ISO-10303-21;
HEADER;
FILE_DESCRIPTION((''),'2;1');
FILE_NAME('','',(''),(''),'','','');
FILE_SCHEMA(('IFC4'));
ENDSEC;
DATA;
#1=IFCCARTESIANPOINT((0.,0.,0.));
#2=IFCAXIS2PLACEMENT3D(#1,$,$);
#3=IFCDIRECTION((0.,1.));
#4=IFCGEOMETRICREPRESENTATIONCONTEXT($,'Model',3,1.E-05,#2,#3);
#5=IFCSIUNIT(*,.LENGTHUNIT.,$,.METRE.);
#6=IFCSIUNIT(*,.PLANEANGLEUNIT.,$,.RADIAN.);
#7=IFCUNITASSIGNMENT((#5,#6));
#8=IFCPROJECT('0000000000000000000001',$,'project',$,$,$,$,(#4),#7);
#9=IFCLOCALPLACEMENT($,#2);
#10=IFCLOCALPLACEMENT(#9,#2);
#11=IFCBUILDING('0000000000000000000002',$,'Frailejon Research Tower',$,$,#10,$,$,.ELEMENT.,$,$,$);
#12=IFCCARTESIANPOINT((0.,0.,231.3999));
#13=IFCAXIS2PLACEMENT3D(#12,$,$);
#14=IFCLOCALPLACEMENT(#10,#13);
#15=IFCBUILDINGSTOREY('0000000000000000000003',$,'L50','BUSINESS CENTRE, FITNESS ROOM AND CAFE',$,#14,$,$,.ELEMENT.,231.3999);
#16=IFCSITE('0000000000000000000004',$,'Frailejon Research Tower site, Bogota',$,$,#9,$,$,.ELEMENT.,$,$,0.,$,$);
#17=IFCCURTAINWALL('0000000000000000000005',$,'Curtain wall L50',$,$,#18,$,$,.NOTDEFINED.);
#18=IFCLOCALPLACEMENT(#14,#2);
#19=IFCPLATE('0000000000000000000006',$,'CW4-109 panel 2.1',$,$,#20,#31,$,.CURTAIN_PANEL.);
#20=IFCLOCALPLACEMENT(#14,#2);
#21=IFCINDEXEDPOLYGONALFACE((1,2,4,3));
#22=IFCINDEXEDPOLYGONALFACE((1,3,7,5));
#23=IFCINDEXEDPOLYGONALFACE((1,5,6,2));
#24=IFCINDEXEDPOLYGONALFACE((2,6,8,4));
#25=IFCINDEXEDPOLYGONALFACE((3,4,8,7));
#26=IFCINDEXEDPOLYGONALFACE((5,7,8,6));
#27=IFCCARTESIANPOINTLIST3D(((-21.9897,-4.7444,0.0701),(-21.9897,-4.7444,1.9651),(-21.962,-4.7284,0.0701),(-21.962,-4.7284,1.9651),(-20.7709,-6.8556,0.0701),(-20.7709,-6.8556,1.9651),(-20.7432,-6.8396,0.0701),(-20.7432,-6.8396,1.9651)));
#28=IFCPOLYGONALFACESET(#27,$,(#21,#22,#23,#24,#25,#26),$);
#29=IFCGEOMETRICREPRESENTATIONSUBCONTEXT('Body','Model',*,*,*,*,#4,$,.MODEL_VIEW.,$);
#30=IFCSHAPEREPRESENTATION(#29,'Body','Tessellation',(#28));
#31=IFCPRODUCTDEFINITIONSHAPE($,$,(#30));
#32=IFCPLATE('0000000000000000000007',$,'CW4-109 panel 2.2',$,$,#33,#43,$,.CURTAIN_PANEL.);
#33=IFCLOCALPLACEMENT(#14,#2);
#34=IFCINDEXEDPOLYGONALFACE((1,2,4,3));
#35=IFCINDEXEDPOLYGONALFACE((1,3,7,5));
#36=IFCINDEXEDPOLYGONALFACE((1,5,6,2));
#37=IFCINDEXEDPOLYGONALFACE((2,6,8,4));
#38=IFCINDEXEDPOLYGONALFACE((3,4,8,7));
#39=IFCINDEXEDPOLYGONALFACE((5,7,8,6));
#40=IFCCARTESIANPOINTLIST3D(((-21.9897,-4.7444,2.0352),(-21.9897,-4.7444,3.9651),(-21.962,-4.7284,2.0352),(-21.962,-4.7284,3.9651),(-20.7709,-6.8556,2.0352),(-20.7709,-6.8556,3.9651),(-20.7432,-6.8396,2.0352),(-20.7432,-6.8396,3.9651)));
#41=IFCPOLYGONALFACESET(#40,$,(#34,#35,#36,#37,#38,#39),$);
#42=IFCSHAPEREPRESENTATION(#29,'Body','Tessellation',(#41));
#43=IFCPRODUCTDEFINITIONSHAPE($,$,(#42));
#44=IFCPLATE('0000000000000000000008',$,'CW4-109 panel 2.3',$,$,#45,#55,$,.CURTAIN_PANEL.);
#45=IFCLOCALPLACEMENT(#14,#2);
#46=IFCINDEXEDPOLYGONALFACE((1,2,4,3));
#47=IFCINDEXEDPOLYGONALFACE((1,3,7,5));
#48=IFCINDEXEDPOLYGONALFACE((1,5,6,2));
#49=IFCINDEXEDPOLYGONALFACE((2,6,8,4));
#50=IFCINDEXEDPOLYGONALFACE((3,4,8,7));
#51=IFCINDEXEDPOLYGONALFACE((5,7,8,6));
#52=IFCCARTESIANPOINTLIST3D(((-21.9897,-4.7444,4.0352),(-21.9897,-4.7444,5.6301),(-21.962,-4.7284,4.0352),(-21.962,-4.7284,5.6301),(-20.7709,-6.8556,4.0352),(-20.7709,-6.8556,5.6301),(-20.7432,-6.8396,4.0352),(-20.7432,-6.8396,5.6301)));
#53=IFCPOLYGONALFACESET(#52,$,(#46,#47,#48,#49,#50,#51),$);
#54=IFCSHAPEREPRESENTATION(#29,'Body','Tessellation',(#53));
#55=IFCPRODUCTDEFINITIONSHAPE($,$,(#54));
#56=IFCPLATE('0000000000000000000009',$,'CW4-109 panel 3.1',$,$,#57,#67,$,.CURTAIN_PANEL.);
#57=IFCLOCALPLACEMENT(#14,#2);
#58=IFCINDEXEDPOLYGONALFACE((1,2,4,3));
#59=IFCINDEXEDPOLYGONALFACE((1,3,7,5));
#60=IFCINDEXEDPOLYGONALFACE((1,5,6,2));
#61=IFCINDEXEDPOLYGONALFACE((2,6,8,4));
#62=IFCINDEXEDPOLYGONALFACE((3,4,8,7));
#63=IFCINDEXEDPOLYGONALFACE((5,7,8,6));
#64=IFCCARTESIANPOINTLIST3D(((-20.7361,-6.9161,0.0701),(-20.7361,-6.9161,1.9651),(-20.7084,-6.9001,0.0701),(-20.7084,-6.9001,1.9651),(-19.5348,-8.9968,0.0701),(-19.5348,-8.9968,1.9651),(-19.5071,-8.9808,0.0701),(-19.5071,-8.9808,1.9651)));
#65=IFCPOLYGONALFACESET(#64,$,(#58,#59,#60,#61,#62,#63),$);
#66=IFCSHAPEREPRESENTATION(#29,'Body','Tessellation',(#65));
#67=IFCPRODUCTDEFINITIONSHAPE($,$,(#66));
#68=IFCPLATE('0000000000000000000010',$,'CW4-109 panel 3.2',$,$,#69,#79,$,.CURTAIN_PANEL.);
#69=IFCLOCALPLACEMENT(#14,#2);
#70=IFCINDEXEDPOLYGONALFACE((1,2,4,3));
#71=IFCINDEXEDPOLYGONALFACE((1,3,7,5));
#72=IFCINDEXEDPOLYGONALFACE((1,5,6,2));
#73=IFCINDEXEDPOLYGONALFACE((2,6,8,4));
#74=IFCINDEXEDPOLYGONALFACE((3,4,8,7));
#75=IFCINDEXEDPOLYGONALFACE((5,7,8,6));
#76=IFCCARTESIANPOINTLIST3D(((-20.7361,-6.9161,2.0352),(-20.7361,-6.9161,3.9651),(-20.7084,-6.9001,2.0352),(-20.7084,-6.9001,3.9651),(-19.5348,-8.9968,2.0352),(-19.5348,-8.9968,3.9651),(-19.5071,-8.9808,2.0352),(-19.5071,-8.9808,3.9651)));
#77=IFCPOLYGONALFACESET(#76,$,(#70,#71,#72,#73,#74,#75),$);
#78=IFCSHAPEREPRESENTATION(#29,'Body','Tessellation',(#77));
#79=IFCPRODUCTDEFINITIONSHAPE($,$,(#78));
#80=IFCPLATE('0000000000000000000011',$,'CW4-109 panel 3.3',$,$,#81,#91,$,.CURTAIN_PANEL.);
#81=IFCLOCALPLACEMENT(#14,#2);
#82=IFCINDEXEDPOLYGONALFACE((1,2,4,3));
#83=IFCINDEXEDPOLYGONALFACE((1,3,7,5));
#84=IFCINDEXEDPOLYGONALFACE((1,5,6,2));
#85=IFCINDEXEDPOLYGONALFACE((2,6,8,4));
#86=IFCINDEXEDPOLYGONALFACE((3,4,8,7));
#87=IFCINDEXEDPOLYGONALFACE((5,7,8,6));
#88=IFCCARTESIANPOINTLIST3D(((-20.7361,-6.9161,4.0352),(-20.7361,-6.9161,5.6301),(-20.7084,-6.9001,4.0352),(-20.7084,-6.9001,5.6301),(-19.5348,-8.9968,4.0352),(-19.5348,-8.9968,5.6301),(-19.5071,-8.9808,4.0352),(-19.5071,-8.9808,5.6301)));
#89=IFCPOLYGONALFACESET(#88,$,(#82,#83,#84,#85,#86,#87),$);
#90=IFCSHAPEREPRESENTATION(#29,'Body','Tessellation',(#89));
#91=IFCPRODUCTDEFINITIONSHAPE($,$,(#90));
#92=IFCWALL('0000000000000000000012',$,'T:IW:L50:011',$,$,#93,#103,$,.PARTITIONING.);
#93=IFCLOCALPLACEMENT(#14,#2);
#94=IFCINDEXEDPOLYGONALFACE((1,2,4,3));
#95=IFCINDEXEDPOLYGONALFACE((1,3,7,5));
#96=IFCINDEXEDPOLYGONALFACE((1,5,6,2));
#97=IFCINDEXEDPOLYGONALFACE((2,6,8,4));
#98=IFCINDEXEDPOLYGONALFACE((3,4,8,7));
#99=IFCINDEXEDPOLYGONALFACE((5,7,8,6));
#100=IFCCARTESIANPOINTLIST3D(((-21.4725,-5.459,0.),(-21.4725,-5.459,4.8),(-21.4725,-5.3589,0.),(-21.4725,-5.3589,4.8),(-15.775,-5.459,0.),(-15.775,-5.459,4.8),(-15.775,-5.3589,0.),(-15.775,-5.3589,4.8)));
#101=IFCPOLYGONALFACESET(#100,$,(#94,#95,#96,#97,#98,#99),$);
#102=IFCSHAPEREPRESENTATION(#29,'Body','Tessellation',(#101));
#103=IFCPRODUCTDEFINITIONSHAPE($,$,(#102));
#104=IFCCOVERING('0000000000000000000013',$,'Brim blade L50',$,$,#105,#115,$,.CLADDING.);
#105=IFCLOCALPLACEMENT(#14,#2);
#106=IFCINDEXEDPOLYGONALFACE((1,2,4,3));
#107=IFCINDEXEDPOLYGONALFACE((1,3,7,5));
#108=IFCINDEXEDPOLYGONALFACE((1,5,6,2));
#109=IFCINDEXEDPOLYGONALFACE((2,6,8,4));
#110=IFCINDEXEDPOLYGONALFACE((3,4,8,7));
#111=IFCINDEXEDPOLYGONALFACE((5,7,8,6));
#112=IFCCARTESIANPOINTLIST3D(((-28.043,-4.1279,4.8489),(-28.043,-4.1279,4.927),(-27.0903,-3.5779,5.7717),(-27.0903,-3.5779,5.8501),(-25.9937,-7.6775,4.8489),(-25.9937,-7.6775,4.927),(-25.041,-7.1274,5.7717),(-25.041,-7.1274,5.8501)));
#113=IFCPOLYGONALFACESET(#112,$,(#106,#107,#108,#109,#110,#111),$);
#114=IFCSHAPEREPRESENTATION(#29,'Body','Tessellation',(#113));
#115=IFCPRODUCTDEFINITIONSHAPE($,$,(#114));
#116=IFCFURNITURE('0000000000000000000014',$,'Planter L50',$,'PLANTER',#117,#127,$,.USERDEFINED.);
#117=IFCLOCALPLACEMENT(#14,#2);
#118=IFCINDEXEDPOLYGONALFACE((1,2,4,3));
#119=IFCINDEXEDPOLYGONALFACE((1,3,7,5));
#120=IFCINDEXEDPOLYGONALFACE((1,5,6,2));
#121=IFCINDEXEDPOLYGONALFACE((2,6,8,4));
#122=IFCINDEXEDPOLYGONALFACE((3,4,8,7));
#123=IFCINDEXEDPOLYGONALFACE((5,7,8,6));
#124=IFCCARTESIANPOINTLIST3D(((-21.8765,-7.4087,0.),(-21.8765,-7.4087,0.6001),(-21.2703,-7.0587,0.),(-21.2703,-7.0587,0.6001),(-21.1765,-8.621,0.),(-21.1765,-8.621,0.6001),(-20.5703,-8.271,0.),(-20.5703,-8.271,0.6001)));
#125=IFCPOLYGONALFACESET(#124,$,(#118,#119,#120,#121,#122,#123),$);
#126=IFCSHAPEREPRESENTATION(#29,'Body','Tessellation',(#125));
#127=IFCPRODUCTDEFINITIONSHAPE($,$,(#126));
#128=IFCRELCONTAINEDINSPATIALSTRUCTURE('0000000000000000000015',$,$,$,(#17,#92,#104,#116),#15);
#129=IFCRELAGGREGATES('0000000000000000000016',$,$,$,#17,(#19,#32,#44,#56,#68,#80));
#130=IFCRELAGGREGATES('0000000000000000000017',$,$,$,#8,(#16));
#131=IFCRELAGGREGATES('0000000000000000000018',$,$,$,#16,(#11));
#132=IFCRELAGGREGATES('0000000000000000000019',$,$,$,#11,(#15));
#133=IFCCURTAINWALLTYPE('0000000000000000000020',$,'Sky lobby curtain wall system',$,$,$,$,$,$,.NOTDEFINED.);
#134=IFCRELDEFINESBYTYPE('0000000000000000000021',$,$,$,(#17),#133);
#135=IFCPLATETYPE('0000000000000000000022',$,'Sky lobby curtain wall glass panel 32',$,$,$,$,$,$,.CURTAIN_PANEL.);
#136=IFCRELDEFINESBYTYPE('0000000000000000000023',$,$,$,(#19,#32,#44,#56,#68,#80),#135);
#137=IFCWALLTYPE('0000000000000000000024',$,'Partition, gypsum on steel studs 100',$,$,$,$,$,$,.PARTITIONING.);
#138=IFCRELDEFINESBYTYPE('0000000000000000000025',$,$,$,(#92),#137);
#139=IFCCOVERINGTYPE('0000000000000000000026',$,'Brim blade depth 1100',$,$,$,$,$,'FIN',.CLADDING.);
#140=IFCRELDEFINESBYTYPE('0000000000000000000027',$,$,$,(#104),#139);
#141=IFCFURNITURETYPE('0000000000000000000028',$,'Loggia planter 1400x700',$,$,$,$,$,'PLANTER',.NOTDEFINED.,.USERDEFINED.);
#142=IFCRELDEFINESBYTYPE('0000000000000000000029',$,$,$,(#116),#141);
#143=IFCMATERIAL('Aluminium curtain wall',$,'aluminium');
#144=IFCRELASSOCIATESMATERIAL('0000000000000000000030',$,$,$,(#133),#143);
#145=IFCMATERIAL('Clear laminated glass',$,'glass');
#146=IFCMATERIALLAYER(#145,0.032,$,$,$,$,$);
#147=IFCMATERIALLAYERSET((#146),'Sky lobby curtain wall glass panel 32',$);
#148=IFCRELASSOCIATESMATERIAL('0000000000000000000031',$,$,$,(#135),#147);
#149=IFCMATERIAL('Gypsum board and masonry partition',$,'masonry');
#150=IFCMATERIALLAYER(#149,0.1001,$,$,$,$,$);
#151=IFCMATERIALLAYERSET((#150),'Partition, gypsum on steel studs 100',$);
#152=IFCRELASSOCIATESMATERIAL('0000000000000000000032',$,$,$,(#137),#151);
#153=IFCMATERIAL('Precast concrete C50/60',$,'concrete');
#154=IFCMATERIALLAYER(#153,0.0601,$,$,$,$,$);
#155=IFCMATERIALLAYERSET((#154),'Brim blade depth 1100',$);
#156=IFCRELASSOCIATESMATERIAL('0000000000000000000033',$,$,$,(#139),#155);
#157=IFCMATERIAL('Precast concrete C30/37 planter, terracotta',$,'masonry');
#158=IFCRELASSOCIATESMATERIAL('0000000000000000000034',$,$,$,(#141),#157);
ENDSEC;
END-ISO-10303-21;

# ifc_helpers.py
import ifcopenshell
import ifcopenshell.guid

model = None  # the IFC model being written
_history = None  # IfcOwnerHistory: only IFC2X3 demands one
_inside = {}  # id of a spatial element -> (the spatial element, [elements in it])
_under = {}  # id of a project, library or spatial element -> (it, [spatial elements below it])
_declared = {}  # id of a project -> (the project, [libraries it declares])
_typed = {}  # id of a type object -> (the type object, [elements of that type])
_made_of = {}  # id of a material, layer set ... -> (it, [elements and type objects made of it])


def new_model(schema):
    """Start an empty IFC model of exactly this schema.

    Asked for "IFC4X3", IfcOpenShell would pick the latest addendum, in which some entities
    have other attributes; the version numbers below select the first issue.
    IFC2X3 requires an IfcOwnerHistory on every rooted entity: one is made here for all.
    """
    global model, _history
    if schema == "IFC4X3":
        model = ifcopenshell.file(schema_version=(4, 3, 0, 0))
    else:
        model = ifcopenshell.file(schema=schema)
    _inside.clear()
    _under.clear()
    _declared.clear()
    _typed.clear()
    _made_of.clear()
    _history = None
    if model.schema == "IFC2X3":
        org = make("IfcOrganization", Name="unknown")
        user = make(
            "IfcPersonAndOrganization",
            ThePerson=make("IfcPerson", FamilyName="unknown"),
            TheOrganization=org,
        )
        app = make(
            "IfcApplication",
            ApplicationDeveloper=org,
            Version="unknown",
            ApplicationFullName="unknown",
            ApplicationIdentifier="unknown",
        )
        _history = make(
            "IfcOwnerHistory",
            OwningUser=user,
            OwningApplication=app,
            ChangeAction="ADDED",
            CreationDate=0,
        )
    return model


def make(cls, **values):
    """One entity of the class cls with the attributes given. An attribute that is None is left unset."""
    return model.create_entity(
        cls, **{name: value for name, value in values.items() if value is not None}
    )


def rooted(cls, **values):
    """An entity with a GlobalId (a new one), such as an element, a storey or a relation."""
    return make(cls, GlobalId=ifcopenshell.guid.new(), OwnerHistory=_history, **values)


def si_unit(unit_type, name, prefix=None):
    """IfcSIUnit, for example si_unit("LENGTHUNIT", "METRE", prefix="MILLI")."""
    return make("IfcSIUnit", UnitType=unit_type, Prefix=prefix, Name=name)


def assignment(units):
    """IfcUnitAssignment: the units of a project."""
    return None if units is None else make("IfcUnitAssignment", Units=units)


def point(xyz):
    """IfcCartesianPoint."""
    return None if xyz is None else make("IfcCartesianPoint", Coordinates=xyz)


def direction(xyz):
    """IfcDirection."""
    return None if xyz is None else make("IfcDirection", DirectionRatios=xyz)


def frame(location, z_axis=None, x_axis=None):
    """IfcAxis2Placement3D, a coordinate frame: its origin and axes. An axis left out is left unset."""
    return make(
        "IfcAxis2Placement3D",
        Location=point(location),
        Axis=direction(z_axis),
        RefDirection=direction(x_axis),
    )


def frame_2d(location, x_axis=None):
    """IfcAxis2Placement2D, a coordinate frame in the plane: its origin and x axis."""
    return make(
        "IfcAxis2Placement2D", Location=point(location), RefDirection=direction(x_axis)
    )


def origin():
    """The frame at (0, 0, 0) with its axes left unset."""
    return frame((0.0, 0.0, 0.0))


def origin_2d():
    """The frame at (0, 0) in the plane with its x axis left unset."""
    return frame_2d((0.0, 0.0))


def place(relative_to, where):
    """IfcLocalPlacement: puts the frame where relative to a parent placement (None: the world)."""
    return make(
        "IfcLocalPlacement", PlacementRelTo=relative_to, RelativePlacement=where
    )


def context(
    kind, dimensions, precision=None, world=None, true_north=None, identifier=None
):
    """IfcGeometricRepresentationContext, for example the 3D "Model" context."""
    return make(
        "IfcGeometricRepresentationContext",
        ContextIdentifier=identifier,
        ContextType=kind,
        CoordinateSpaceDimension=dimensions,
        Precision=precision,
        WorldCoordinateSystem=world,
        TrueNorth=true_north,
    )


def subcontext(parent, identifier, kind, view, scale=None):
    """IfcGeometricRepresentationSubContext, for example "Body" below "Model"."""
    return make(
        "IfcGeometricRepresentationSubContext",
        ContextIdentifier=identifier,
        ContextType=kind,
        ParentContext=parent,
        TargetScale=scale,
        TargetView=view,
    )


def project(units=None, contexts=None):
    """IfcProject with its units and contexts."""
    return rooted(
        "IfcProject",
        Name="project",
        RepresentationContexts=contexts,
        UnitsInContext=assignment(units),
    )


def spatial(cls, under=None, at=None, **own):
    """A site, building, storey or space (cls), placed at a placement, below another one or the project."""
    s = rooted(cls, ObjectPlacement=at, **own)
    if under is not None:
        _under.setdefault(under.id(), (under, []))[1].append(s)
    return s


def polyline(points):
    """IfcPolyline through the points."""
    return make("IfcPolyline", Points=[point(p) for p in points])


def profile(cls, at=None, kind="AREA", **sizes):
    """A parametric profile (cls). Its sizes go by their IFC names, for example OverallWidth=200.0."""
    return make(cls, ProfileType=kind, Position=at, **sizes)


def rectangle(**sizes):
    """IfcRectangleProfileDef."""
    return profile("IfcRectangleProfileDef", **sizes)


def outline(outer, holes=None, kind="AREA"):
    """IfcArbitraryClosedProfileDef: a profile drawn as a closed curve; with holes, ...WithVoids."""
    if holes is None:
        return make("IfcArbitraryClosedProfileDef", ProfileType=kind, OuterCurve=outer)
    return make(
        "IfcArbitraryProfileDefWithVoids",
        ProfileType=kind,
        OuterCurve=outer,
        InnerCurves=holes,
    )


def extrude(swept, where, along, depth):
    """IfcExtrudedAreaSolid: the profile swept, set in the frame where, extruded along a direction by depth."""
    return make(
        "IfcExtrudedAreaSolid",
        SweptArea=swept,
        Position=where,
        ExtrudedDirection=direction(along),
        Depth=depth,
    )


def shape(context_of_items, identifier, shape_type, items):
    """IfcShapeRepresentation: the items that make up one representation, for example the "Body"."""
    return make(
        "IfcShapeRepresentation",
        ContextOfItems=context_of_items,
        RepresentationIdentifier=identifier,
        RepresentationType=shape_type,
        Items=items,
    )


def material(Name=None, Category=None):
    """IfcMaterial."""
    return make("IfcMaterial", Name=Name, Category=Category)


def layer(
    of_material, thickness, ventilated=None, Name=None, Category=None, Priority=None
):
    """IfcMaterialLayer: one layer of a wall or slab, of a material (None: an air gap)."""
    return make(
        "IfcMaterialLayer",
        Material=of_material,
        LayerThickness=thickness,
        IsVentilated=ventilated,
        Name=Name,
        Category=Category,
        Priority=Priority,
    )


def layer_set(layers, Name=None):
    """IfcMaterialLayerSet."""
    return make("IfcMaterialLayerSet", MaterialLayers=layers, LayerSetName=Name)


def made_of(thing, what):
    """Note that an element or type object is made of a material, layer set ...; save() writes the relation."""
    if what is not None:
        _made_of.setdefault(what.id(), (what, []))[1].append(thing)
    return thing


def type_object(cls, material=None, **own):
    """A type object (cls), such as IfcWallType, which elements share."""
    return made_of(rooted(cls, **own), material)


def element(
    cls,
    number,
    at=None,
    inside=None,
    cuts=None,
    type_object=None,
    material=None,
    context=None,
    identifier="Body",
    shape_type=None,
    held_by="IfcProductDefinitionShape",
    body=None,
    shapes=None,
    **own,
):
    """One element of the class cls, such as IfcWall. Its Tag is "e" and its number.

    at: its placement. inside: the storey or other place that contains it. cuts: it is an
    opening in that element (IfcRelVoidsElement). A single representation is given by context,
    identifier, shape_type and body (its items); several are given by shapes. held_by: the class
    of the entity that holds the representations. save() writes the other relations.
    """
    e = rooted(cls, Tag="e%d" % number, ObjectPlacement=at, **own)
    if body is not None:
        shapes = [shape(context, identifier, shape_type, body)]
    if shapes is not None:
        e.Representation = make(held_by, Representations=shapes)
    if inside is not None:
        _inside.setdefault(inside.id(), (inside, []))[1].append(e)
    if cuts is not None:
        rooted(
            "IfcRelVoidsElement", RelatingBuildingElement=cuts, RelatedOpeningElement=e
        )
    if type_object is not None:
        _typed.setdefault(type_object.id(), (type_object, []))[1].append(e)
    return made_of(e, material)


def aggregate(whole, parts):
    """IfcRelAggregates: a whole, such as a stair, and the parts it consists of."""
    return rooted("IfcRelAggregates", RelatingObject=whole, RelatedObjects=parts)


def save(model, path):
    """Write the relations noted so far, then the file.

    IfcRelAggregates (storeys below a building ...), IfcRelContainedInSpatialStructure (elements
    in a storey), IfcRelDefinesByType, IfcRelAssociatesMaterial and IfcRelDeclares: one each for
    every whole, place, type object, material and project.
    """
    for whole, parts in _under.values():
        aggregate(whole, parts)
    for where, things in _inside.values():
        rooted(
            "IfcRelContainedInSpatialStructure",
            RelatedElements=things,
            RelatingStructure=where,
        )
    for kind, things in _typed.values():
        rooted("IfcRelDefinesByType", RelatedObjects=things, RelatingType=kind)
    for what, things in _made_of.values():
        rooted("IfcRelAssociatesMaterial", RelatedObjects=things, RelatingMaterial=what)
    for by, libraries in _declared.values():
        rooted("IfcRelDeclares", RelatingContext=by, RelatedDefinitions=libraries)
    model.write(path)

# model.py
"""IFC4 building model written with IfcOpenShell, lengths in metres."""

from ifc_helpers import new_model, si_unit, direction, frame, frame_2d, origin, origin_2d, place, context, subcontext, project, spatial, polyline, rectangle, outline, extrude, material, layer, layer_set, type_object, element, aggregate, save


model = new_model("IFC4")

# Units and contexts
model_context = context("Model", 3, precision=1e-05, world=origin(), true_north=direction((0.0, 1.0)))
body_context = subcontext(model_context, "Body", "Model", "MODEL_VIEW")
ifc_project = project(units=[si_unit("LENGTHUNIT", "METRE"), si_unit("PLANEANGLEUNIT", "RADIAN")], contexts=[model_context])

# Site, building, storey
site_placement = place(None, origin())
site = spatial("IfcSite", under=ifc_project, at=site_placement, Name="Frailejon Research Tower site, Bogota", CompositionType="ELEMENT", RefElevation=0.0)
building_placement = place(site_placement, origin())
building = spatial("IfcBuilding", under=site, at=building_placement, Name="Frailejon Research Tower", CompositionType="ELEMENT")
storey_placement = place(building_placement, frame((0.0, 0.0, 231.3999)))
storey = spatial("IfcBuildingStorey", under=building, at=storey_placement, Name="L50", Description="BUSINESS CENTRE, FITNESS ROOM AND CAFE", CompositionType="ELEMENT", Elevation=231.3999)

# Curtain wall
ifc_material_1 = material(Name="Aluminium curtain wall", Category="aluminium")
curtain_wall_type = type_object("IfcCurtainWallType", Name="Sky lobby curtain wall system", PredefinedType="NOTDEFINED", material=ifc_material_1)
curtain_wall_placement = place(storey_placement, origin())
curtain_wall = element("IfcCurtainWall", 1, at=curtain_wall_placement, inside=storey, type_object=curtain_wall_type, Name="Curtain wall L50", PredefinedType="NOTDEFINED")

# Plates
ifc_material_2 = material(Name="Clear laminated glass", Category="glass")
ifc_layer_1 = layer(ifc_material_2, 0.032)
ifc_layer_set_1 = layer_set([ifc_layer_1], Name="Sky lobby curtain wall glass panel 32")
plate_type = type_object("IfcPlateType", Name="Sky lobby curtain wall glass panel 32", PredefinedType="CURTAIN_PANEL", material=ifc_layer_set_1)
plate_1_placement = place(storey_placement, frame((-21.3665, -5.792, 0.0701), z_axis=(0.0, 0.0, 1.0), x_axis=(0.500001, -0.866025, 0.0)))
plate_1 = element("IfcPlate", 2, at=plate_1_placement, type_object=plate_type, Name="CW4-109 panel 2.1", PredefinedType="CURTAIN_PANEL", context=body_context, shape_type="SweptSolid", body=[
    extrude(rectangle(XDim=2.4377, YDim=0.032, at=origin_2d()), origin(), (0.0, 0.0, 1.0), 1.895),
])
plate_2_placement = place(storey_placement, frame((-21.3665, -5.792, 2.0352), z_axis=(0.0, 0.0, 1.0), x_axis=(0.500001, -0.866025, 0.0)))
plate_2 = element("IfcPlate", 3, at=plate_2_placement, type_object=plate_type, Name="CW4-109 panel 2.2", PredefinedType="CURTAIN_PANEL", context=body_context, shape_type="SweptSolid", body=[
    extrude(rectangle(XDim=2.4377, YDim=0.032, at=origin_2d()), origin(), (0.0, 0.0, 1.0), 1.9299),
])
plate_3_placement = place(storey_placement, frame((-21.3665, -5.792, 4.0352), z_axis=(0.0, 0.0, 1.0), x_axis=(0.500001, -0.866025, 0.0)))
plate_3 = element("IfcPlate", 4, at=plate_3_placement, type_object=plate_type, Name="CW4-109 panel 2.3", PredefinedType="CURTAIN_PANEL", context=body_context, shape_type="SweptSolid", body=[
    extrude(rectangle(XDim=2.4377, YDim=0.032, at=origin_2d()), origin(), (0.0, 0.0, 1.0), 1.595),
])
plate_4_placement = place(storey_placement, frame((-20.1216, -7.9485, 0.0701), z_axis=(0.0, 0.0, 1.0), x_axis=(0.500001, -0.866025, 0.0)))
plate_4 = element("IfcPlate", 5, at=plate_4_placement, type_object=plate_type, Name="CW4-109 panel 3.1", PredefinedType="CURTAIN_PANEL", context=body_context, shape_type="SweptSolid", body=[
    extrude(rectangle(XDim=2.4026, YDim=0.032, at=origin_2d()), origin(), (0.0, 0.0, 1.0), 1.895),
])
plate_5_placement = place(storey_placement, frame((-20.1216, -7.9485, 2.0352), z_axis=(0.0, 0.0, 1.0), x_axis=(0.500001, -0.866025, 0.0)))
plate_5 = element("IfcPlate", 6, at=plate_5_placement, type_object=plate_type, Name="CW4-109 panel 3.2", PredefinedType="CURTAIN_PANEL", context=body_context, shape_type="SweptSolid", body=[
    extrude(rectangle(XDim=2.4026, YDim=0.032, at=origin_2d()), origin(), (0.0, 0.0, 1.0), 1.9299),
])
plate_6_placement = place(storey_placement, frame((-20.1216, -7.9485, 4.0352), z_axis=(0.0, 0.0, 1.0), x_axis=(0.500001, -0.866025, 0.0)))
plate_6 = element("IfcPlate", 7, at=plate_6_placement, type_object=plate_type, Name="CW4-109 panel 3.3", PredefinedType="CURTAIN_PANEL", context=body_context, shape_type="SweptSolid", body=[
    extrude(rectangle(XDim=2.4026, YDim=0.032, at=origin_2d()), origin(), (0.0, 0.0, 1.0), 1.595),
])
aggregate(curtain_wall, [plate_1, plate_2, plate_3, plate_4, plate_5, plate_6])

# Wall
ifc_material_3 = material(Name="Gypsum board and masonry partition", Category="masonry")
ifc_layer_2 = layer(ifc_material_3, 0.1001)
ifc_layer_set_2 = layer_set([ifc_layer_2], Name="Partition, gypsum on steel studs 100")
wall_type = type_object("IfcWallType", Name="Partition, gypsum on steel studs 100", PredefinedType="PARTITIONING", material=ifc_layer_set_2)
wall_placement = place(storey_placement, frame((-21.4724, -5.4089, 0.0), z_axis=(0.0, 0.0, 1.0), x_axis=(1.0, 0.0, 0.0)))
element("IfcWall", 8, at=wall_placement, inside=storey, type_object=wall_type, Name="T:IW:L50:011", PredefinedType="PARTITIONING", context=body_context, shape_type="SweptSolid", body=[
    extrude(rectangle(XDim=5.6975, YDim=0.1001, at=frame_2d((2.8486, 0.0))), origin(), (0.0, 0.0, 1.0), 4.8),
])

# Covering
ifc_material_4 = material(Name="Precast concrete C50/60", Category="concrete")
ifc_layer_3 = layer(ifc_material_4, 0.0601)
ifc_layer_set_3 = layer_set([ifc_layer_3], Name="Brim blade depth 1100")
covering_type = type_object("IfcCoveringType", Name="Brim blade depth 1100", ElementType="FIN", PredefinedType="CLADDING", material=ifc_layer_set_3)
covering_placement = place(storey_placement, frame((-25.041, -7.1274, 5.8501), z_axis=(-0.499989, 0.866032, 0.0), x_axis=(-0.866032, -0.499989, 0.0)))
element("IfcCovering", 9, at=covering_placement, inside=storey, type_object=covering_type, Name="Brim blade L50", PredefinedType="CLADDING", context=body_context, shape_type="SweptSolid", body=[
    extrude(outline(polyline([(0.0, -0.0784), (1.1001, -1.0012), (1.1001, -0.9231), (0.0, 0.0), (0.0, -0.0784)])), origin(), (0.0, 0.0, 1.0), 4.0986),
])

# Furniture
ifc_material_5 = material(Name="Precast concrete C30/37 planter, terracotta", Category="masonry")
furniture_type = type_object("IfcFurnitureType", Name="Loggia planter 1400x700", ElementType="PLANTER", AssemblyPlace="NOTDEFINED", PredefinedType="USERDEFINED", material=ifc_material_5)
furniture_placement = place(storey_placement, frame((-21.2234, -7.8398, 0.0), z_axis=(0.0, 0.0, 1.0), x_axis=(0.5, -0.866025, 0.0)))
element("IfcFurniture", 10, at=furniture_placement, inside=storey, type_object=furniture_type, Name="Planter L50", ObjectType="PLANTER", PredefinedType="USERDEFINED", context=body_context, shape_type="SweptSolid", body=[
    extrude(rectangle(XDim=1.3999, YDim=0.7, at=origin_2d()), origin(), (0.0, 0.0, 1.0), 0.6001),
])

save(model, "model.ifc")
